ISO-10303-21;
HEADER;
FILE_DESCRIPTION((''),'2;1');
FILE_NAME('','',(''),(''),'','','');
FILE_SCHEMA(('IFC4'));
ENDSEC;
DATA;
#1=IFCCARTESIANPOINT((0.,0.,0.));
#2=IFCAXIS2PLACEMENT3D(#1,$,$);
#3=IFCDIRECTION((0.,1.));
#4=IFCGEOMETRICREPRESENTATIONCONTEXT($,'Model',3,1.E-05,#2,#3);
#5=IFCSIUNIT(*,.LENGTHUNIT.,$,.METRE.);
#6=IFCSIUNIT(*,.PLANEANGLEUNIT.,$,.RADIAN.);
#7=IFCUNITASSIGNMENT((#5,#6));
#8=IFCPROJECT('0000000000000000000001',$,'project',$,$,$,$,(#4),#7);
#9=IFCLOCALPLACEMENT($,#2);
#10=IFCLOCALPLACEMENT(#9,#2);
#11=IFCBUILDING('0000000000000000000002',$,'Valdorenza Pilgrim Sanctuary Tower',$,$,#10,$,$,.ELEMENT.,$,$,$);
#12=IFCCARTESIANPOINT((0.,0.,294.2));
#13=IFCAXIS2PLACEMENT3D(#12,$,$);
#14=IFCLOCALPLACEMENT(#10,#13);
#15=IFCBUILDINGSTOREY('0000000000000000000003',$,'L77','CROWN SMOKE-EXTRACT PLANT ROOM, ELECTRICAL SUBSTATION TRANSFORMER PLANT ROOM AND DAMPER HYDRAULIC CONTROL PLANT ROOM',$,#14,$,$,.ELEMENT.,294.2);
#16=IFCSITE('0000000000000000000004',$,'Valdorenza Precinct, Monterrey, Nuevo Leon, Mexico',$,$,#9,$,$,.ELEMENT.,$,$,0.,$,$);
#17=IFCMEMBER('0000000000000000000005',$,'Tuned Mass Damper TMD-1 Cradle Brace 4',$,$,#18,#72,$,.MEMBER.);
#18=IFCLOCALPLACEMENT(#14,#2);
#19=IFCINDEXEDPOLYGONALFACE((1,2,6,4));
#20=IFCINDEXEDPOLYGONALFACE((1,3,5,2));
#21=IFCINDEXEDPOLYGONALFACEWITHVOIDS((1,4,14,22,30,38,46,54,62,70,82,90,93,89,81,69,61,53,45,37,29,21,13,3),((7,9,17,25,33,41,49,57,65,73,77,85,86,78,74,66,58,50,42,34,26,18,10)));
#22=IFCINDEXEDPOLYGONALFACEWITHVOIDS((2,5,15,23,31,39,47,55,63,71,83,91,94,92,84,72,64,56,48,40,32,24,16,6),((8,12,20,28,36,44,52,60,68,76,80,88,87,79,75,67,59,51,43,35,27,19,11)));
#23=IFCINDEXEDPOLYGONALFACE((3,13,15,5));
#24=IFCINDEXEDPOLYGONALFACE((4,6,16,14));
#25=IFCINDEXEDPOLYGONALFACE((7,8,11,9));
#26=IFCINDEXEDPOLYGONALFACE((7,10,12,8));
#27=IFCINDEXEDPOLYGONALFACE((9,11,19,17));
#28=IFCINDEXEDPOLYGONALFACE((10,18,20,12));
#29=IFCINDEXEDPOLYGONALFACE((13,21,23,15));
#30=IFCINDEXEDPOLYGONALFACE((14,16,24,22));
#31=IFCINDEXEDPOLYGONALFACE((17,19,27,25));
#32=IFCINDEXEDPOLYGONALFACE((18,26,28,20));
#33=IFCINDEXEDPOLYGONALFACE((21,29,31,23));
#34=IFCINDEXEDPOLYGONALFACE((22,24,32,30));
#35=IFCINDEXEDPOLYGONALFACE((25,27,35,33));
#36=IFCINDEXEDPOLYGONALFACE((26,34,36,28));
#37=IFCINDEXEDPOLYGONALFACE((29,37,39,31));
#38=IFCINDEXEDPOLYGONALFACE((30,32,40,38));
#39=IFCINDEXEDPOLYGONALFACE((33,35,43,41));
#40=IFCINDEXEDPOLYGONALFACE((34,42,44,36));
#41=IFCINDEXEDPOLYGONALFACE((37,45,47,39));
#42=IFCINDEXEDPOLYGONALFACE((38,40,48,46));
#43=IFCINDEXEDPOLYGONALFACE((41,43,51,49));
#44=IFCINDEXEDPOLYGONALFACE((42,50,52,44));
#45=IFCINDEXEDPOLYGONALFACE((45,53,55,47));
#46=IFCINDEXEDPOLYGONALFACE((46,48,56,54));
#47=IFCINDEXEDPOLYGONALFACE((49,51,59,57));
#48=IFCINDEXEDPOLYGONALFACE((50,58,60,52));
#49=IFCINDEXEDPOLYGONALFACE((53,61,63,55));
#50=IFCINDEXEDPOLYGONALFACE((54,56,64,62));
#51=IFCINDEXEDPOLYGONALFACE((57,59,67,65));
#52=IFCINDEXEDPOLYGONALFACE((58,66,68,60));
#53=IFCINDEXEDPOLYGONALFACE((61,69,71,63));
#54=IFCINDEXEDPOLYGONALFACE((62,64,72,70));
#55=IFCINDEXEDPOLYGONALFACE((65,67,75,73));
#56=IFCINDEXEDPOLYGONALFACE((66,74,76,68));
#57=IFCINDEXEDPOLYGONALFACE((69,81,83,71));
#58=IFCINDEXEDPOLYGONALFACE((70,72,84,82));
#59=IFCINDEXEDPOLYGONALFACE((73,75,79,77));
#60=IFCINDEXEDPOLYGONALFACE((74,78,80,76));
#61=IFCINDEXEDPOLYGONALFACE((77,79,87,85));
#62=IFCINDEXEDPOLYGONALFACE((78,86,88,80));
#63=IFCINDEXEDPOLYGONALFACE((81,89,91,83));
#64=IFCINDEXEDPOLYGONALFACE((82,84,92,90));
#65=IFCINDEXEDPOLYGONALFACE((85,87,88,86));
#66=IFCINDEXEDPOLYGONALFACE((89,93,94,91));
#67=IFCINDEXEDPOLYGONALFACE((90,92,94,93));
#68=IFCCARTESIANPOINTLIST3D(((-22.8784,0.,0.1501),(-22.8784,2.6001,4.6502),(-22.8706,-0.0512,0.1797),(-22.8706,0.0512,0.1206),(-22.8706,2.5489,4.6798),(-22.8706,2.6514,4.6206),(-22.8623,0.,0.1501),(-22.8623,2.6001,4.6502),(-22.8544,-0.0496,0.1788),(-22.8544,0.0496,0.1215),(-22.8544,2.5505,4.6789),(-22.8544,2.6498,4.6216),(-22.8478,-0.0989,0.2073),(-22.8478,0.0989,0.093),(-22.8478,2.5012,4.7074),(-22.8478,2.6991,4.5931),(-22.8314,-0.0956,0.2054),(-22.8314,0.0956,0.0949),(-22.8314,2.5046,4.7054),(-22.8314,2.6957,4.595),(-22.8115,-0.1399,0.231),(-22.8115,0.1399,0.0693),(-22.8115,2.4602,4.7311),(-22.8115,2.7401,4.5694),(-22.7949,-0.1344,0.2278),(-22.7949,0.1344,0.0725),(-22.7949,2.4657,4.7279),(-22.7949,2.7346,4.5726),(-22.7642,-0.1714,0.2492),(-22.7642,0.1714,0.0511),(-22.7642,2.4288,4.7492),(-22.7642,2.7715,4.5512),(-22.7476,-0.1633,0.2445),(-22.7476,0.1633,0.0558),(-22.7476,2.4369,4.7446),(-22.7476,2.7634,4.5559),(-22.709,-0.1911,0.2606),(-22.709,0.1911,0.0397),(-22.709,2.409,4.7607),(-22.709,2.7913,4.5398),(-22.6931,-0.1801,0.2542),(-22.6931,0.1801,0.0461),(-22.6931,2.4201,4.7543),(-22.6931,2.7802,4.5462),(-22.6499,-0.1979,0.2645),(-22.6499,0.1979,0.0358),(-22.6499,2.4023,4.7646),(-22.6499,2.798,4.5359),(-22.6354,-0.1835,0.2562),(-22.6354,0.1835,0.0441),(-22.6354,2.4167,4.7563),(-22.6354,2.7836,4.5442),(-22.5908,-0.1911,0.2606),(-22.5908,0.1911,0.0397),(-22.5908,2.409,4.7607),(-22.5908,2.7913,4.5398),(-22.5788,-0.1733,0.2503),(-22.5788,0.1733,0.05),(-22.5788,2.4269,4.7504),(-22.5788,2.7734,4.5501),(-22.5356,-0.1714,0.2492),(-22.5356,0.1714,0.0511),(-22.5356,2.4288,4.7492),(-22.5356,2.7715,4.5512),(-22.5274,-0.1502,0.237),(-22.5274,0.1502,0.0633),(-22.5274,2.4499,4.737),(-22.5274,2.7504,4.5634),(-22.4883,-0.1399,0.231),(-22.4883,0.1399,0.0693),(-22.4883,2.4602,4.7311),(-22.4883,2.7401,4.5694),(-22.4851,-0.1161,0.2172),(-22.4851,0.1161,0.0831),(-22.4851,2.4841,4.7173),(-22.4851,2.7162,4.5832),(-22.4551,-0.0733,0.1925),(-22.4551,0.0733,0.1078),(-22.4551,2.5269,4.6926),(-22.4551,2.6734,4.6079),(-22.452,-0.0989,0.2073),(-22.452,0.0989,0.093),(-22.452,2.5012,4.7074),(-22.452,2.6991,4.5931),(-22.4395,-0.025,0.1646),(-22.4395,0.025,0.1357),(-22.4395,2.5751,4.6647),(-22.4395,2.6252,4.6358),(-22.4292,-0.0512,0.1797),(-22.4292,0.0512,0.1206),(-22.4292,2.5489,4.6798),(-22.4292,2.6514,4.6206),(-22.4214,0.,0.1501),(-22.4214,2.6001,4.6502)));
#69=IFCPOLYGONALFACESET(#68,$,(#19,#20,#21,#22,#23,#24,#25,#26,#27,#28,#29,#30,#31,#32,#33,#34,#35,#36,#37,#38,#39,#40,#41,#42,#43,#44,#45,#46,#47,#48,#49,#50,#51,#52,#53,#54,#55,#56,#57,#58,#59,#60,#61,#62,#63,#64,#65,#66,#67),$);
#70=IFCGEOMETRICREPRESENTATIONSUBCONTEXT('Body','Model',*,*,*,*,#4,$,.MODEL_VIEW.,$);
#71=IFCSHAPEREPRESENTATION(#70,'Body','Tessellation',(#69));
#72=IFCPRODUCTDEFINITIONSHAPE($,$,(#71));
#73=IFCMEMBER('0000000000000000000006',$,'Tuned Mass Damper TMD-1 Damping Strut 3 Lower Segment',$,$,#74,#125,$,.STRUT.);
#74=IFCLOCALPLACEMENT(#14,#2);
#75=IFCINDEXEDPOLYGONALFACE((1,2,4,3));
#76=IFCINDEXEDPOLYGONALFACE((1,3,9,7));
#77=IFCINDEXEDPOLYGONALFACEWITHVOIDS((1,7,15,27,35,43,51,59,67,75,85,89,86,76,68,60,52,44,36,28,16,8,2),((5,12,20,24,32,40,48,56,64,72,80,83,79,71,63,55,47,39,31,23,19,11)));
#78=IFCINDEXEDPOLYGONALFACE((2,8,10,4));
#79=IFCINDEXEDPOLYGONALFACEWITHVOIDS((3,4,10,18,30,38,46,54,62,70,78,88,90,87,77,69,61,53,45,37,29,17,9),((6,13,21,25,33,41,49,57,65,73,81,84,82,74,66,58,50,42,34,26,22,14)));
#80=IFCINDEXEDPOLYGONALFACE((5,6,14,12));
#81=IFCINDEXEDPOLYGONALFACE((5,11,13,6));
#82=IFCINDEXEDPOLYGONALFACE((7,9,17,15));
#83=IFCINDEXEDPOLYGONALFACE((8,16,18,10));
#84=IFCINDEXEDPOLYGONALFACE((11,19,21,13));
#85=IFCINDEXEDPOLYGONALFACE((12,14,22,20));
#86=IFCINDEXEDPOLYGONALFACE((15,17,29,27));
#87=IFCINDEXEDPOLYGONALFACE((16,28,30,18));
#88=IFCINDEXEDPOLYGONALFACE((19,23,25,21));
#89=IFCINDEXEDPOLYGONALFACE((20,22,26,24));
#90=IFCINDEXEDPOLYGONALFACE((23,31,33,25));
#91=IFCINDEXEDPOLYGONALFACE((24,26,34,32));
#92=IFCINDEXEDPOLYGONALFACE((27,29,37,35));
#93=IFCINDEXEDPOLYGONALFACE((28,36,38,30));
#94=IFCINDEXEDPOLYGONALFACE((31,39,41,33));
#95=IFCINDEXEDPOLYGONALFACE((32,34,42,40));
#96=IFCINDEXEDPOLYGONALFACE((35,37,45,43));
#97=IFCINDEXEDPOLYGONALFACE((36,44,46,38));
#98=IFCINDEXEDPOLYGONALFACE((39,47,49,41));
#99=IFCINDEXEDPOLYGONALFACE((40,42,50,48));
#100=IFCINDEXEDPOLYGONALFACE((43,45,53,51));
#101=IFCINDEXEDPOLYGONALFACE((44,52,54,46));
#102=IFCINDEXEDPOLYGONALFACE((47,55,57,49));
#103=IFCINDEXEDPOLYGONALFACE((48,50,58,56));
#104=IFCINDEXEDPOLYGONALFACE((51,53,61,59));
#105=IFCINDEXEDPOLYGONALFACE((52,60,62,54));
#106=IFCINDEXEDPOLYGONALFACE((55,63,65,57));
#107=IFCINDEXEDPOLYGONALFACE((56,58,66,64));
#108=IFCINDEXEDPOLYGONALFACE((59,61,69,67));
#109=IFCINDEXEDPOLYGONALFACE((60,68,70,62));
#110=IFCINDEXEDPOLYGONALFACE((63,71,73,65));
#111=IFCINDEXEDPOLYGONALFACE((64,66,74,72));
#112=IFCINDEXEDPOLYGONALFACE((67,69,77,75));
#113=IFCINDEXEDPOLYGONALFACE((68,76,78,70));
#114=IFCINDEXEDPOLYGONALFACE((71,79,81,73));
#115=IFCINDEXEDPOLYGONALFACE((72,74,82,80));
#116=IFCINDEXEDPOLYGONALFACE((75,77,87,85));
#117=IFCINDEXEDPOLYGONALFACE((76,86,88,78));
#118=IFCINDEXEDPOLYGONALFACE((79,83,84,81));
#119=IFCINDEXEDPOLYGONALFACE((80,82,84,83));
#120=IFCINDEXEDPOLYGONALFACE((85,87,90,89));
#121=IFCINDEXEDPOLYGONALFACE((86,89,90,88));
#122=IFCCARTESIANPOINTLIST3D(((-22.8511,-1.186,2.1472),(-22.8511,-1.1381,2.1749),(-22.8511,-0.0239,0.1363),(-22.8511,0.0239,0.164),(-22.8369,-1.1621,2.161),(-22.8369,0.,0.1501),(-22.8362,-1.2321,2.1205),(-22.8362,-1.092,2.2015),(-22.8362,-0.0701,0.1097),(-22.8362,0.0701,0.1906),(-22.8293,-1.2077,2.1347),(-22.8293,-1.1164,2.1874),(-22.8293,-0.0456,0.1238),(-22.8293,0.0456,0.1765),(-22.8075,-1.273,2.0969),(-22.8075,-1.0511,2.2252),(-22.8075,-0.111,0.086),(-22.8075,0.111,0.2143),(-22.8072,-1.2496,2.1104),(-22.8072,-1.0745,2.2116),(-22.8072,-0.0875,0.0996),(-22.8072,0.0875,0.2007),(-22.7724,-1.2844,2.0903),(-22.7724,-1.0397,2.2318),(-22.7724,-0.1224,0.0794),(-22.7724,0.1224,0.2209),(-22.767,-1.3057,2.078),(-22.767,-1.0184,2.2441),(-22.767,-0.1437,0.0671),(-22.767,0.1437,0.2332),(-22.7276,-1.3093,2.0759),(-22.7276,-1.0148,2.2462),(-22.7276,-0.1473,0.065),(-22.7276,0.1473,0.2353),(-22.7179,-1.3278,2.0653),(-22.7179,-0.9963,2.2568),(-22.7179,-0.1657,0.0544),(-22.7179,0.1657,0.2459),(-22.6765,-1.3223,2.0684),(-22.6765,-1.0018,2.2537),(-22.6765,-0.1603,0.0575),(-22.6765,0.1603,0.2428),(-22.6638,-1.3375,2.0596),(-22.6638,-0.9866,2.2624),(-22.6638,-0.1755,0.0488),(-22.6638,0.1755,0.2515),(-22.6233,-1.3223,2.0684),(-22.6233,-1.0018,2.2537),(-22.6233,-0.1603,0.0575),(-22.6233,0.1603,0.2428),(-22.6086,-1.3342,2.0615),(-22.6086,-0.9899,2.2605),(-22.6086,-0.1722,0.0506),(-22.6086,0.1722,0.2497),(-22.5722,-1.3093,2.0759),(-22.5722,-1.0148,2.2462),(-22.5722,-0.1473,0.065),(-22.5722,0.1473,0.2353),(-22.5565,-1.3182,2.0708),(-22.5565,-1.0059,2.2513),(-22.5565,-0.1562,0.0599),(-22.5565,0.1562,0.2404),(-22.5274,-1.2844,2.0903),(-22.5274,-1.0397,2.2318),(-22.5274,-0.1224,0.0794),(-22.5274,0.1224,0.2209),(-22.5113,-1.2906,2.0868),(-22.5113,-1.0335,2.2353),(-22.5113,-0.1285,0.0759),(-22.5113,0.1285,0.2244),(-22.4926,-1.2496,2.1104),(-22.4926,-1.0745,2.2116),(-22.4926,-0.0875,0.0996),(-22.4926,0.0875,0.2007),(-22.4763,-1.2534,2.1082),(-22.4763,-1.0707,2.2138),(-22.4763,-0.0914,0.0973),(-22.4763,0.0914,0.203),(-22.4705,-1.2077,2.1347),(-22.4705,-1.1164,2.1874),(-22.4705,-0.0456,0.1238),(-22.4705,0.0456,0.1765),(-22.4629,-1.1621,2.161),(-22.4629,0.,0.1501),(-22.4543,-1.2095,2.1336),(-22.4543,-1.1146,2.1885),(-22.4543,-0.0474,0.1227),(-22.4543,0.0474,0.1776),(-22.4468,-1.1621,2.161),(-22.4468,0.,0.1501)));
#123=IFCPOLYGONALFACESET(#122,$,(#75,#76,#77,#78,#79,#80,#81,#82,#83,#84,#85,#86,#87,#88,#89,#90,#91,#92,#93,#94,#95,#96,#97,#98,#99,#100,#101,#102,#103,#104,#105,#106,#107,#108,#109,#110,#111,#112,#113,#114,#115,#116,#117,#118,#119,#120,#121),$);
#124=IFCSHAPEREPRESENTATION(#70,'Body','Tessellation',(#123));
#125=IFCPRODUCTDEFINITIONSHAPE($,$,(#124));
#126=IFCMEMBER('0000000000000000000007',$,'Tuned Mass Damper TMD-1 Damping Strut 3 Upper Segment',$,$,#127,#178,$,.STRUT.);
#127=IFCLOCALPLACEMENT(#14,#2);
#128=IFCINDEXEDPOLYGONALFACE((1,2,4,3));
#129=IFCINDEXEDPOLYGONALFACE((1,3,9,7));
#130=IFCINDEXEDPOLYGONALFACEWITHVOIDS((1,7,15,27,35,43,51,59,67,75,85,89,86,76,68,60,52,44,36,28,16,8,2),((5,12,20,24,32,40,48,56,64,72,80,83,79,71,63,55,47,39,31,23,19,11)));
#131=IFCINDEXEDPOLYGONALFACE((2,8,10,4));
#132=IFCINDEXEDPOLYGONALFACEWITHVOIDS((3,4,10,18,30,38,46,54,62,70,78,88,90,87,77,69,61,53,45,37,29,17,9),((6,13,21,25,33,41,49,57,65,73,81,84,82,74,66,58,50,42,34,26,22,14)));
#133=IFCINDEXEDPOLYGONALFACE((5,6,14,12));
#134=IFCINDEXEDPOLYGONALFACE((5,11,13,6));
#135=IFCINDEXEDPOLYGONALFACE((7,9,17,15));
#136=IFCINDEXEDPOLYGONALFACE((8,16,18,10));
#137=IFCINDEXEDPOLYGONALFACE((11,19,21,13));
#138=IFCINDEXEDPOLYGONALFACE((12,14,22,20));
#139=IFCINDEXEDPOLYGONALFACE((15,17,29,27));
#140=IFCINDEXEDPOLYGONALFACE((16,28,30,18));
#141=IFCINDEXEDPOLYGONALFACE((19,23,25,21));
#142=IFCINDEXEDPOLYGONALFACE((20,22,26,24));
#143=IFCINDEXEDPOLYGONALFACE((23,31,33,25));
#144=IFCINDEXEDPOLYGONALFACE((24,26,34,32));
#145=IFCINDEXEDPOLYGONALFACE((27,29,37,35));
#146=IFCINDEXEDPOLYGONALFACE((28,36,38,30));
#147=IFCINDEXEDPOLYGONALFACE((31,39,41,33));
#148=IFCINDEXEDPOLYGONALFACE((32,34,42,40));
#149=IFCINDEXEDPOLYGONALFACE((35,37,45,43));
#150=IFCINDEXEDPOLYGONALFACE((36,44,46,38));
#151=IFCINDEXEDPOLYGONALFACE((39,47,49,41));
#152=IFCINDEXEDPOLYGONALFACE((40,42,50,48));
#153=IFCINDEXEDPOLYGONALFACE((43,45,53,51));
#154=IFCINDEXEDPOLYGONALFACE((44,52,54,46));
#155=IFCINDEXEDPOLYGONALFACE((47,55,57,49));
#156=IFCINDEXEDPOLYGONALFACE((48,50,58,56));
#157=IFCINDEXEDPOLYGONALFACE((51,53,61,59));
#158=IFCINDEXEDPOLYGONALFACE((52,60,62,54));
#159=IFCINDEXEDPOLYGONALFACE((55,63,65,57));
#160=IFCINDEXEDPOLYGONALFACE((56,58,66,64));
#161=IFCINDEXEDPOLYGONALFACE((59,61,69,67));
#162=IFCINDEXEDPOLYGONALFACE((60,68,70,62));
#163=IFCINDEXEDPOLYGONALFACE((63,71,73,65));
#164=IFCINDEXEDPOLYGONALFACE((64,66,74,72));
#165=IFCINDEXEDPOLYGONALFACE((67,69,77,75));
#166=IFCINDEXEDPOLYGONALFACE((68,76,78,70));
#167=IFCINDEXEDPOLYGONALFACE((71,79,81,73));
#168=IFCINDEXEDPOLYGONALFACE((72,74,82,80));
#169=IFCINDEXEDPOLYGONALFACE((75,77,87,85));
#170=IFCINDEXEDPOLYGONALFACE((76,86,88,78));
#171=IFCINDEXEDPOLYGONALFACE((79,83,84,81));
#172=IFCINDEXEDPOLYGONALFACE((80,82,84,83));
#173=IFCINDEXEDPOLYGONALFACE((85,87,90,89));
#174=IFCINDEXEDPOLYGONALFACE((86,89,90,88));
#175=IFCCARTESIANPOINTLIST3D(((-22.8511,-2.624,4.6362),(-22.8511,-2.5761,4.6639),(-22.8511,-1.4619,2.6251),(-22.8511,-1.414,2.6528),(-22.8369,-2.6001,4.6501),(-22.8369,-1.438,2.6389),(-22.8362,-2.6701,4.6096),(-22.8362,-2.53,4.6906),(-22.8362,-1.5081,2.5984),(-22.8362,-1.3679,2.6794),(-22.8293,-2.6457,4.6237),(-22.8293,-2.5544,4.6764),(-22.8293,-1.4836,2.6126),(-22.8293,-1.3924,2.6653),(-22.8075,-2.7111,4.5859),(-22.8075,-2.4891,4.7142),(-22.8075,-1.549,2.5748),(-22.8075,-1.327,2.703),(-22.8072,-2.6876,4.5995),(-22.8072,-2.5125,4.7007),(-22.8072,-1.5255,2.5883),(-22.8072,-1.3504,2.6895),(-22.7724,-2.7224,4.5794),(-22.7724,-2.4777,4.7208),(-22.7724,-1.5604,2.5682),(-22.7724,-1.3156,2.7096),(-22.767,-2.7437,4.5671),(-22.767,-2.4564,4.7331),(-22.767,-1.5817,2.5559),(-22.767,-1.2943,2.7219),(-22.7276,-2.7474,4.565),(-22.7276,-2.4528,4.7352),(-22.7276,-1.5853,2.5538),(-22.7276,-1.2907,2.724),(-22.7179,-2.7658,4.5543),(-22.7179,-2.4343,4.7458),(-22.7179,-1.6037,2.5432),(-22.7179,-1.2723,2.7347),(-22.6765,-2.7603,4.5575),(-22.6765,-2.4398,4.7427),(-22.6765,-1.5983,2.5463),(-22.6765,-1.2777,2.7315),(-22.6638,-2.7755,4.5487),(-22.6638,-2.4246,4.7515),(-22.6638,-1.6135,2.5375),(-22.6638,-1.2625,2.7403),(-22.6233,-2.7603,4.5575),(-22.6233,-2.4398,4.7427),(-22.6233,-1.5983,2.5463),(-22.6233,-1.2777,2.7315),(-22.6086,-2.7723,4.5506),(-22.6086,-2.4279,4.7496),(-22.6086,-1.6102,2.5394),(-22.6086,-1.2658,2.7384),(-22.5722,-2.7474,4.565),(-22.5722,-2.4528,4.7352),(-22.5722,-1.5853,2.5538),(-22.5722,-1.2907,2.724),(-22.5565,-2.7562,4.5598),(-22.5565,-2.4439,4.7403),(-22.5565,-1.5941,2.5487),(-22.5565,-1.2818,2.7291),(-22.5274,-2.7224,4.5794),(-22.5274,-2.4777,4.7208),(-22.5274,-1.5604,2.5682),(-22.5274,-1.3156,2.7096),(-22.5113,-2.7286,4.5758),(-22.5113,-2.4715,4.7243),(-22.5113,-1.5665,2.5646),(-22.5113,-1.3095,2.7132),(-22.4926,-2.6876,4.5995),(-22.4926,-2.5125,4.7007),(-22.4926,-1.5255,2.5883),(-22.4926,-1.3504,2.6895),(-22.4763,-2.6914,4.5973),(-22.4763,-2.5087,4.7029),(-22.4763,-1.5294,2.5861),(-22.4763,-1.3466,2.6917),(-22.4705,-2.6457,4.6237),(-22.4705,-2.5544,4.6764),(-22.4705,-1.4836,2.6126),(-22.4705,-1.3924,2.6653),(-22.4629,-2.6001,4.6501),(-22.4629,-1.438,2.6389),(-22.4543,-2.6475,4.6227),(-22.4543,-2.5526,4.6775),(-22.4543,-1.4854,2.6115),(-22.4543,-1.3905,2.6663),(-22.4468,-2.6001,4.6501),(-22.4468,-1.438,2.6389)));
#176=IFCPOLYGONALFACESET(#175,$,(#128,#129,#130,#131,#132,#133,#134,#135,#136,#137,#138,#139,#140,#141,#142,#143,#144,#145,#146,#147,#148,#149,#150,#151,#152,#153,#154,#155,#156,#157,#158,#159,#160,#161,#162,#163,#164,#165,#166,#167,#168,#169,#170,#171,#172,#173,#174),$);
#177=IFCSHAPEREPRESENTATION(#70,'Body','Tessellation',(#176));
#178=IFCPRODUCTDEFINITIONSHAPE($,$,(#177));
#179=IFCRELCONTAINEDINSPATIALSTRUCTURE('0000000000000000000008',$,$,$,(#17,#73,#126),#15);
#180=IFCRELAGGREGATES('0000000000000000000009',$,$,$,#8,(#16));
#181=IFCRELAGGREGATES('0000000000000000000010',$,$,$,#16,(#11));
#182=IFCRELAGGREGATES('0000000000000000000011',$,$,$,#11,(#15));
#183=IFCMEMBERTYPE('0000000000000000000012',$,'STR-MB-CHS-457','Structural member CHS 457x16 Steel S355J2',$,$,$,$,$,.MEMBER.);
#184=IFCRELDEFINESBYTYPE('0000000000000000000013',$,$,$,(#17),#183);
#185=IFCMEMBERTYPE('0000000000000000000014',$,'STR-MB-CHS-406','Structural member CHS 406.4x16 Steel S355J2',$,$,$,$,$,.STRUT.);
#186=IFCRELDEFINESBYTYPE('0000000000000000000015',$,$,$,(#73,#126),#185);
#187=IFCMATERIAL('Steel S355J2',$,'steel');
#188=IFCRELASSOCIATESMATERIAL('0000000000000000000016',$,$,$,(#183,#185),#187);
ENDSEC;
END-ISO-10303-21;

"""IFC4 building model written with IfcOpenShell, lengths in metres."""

from ifc_helpers import new_model, si_unit, direction, frame, origin, origin_2d, place, context, subcontext, project, spatial, hollow_circle, extrude, source, transform, mapped, material, material_profile, profile_set, type_object, element, save


model = new_model("IFC4")

# Units and contexts
model_context = context("Model", 3, precision=1e-05, world=origin(), true_north=direction((0.0, 1.0)))
body_context = subcontext(model_context, "Body", "Model", "MODEL_VIEW")
ifc_project = project(units=[si_unit("LENGTHUNIT", "METRE"), si_unit("PLANEANGLEUNIT", "RADIAN")], contexts=[model_context])

# Site, building, storey
site_placement = place(None, origin())
site = spatial("IfcSite", under=ifc_project, at=site_placement, Name="Valdorenza Precinct, Monterrey, Nuevo Leon, Mexico", CompositionType="ELEMENT", RefElevation=0.0)
building_placement = place(site_placement, origin())
building = spatial("IfcBuilding", under=site, at=building_placement, Name="Valdorenza Pilgrim Sanctuary Tower", CompositionType="ELEMENT")
storey_placement = place(building_placement, frame((0.0, 0.0, 294.2)))
storey = spatial("IfcBuildingStorey", under=building, at=storey_placement, Name="L77", Description="CROWN SMOKE-EXTRACT PLANT ROOM, ELECTRICAL SUBSTATION TRANSFORMER PLANT ROOM AND DAMPER HYDRAULIC CONTROL PLANT ROOM", CompositionType="ELEMENT", Elevation=294.2)

# Members
ifc_material_1 = material(Name="Steel S355J2", Category="steel")
ifc_material_profile_1 = material_profile(ifc_material_1, hollow_circle(Radius=0.2285, WallThickness=0.0161, at=origin_2d()), Name="CHS 457x16")
ifc_profile_set_1 = profile_set([ifc_material_profile_1], Name="Steel S355J2")
member_type_1 = type_object("IfcMemberType", Name="STR-MB-CHS-457", Description="Structural member CHS 457x16 Steel S355J2", PredefinedType="MEMBER", material=ifc_profile_set_1)
shared_shape_1 = source(origin(), body_context, "Body", "SweptSolid", [
    extrude(hollow_circle(Radius=0.2285, WallThickness=0.0161, at=origin_2d()), origin(), (0.0, 0.0, 1.0), 5.1973),
])
member_1_placement = place(storey_placement, frame((-22.6499, 0.0, 0.1501), z_axis=(0.0, 0.500292, 0.865857), x_axis=(-1.0, 0.0, 0.0)))
element("IfcMember", 1, at=member_1_placement, inside=storey, type_object=member_type_1, Name="Tuned Mass Damper TMD-1 Cradle Brace 4", PredefinedType="MEMBER", context=body_context, shape_type="MappedRepresentation", body=[
    mapped(shared_shape_1, transform((0.0, 0.0, 0.0), x_axis=(1.0, 0.0, 0.0), y_axis=(0.0, 1.0, 0.0), z_axis=(0.0, 0.0, 1.0), scale=1.0)),
])
ifc_material_profile_2 = material_profile(ifc_material_1, hollow_circle(Radius=0.2031, WallThickness=0.0161, at=origin_2d()), Name="CHS 406.4x16")
ifc_profile_set_2 = profile_set([ifc_material_profile_2], Name="Steel S355J2")
member_type_2 = type_object("IfcMemberType", Name="STR-MB-CHS-406", Description="Structural member CHS 406.4x16 Steel S355J2", PredefinedType="STRUT", material=ifc_profile_set_2)
shared_shape_2 = source(origin(), body_context, "Body", "SweptSolid", [
    extrude(hollow_circle(Radius=0.2031, WallThickness=0.0161, at=origin_2d()), origin(), (0.0, 0.0, 1.0), 2.3225),
])
member_2_placement = place(storey_placement, frame((-22.6499, 0.0, 0.1501), z_axis=(0.0, -0.500344, 0.865827), x_axis=(1.0, 0.0, 0.0)))
element("IfcMember", 2, at=member_2_placement, inside=storey, type_object=member_type_2, Name="Tuned Mass Damper TMD-1 Damping Strut 3 Lower Segment", PredefinedType="STRUT", context=body_context, shape_type="MappedRepresentation", body=[
    mapped(shared_shape_2, transform((0.0, 0.0, 0.0), x_axis=(1.0, 0.0, 0.0), y_axis=(0.0, 1.0, 0.0), z_axis=(0.0, 0.0, 1.0), scale=1.0)),
])
shared_shape_3 = source(origin(), body_context, "Body", "SweptSolid", [
    extrude(hollow_circle(Radius=0.2031, WallThickness=0.0161, at=origin_2d()), origin(), (0.0, 0.0, 1.0), 2.3228),
])
member_3_placement = place(storey_placement, frame((-22.6499, -1.438, 2.6389), z_axis=(0.0, -0.500299, 0.865853), x_axis=(1.0, 0.0, 0.0)))
element("IfcMember", 3, at=member_3_placement, inside=storey, type_object=member_type_2, Name="Tuned Mass Damper TMD-1 Damping Strut 3 Upper Segment", PredefinedType="STRUT", context=body_context, shape_type="MappedRepresentation", body=[
    mapped(shared_shape_3, transform((0.0, 0.0, 0.0), x_axis=(1.0, 0.0, 0.0), y_axis=(0.0, 1.0, 0.0), z_axis=(0.0, 0.0, 1.0), scale=1.0)),
])

save(model, "model.ifc")
